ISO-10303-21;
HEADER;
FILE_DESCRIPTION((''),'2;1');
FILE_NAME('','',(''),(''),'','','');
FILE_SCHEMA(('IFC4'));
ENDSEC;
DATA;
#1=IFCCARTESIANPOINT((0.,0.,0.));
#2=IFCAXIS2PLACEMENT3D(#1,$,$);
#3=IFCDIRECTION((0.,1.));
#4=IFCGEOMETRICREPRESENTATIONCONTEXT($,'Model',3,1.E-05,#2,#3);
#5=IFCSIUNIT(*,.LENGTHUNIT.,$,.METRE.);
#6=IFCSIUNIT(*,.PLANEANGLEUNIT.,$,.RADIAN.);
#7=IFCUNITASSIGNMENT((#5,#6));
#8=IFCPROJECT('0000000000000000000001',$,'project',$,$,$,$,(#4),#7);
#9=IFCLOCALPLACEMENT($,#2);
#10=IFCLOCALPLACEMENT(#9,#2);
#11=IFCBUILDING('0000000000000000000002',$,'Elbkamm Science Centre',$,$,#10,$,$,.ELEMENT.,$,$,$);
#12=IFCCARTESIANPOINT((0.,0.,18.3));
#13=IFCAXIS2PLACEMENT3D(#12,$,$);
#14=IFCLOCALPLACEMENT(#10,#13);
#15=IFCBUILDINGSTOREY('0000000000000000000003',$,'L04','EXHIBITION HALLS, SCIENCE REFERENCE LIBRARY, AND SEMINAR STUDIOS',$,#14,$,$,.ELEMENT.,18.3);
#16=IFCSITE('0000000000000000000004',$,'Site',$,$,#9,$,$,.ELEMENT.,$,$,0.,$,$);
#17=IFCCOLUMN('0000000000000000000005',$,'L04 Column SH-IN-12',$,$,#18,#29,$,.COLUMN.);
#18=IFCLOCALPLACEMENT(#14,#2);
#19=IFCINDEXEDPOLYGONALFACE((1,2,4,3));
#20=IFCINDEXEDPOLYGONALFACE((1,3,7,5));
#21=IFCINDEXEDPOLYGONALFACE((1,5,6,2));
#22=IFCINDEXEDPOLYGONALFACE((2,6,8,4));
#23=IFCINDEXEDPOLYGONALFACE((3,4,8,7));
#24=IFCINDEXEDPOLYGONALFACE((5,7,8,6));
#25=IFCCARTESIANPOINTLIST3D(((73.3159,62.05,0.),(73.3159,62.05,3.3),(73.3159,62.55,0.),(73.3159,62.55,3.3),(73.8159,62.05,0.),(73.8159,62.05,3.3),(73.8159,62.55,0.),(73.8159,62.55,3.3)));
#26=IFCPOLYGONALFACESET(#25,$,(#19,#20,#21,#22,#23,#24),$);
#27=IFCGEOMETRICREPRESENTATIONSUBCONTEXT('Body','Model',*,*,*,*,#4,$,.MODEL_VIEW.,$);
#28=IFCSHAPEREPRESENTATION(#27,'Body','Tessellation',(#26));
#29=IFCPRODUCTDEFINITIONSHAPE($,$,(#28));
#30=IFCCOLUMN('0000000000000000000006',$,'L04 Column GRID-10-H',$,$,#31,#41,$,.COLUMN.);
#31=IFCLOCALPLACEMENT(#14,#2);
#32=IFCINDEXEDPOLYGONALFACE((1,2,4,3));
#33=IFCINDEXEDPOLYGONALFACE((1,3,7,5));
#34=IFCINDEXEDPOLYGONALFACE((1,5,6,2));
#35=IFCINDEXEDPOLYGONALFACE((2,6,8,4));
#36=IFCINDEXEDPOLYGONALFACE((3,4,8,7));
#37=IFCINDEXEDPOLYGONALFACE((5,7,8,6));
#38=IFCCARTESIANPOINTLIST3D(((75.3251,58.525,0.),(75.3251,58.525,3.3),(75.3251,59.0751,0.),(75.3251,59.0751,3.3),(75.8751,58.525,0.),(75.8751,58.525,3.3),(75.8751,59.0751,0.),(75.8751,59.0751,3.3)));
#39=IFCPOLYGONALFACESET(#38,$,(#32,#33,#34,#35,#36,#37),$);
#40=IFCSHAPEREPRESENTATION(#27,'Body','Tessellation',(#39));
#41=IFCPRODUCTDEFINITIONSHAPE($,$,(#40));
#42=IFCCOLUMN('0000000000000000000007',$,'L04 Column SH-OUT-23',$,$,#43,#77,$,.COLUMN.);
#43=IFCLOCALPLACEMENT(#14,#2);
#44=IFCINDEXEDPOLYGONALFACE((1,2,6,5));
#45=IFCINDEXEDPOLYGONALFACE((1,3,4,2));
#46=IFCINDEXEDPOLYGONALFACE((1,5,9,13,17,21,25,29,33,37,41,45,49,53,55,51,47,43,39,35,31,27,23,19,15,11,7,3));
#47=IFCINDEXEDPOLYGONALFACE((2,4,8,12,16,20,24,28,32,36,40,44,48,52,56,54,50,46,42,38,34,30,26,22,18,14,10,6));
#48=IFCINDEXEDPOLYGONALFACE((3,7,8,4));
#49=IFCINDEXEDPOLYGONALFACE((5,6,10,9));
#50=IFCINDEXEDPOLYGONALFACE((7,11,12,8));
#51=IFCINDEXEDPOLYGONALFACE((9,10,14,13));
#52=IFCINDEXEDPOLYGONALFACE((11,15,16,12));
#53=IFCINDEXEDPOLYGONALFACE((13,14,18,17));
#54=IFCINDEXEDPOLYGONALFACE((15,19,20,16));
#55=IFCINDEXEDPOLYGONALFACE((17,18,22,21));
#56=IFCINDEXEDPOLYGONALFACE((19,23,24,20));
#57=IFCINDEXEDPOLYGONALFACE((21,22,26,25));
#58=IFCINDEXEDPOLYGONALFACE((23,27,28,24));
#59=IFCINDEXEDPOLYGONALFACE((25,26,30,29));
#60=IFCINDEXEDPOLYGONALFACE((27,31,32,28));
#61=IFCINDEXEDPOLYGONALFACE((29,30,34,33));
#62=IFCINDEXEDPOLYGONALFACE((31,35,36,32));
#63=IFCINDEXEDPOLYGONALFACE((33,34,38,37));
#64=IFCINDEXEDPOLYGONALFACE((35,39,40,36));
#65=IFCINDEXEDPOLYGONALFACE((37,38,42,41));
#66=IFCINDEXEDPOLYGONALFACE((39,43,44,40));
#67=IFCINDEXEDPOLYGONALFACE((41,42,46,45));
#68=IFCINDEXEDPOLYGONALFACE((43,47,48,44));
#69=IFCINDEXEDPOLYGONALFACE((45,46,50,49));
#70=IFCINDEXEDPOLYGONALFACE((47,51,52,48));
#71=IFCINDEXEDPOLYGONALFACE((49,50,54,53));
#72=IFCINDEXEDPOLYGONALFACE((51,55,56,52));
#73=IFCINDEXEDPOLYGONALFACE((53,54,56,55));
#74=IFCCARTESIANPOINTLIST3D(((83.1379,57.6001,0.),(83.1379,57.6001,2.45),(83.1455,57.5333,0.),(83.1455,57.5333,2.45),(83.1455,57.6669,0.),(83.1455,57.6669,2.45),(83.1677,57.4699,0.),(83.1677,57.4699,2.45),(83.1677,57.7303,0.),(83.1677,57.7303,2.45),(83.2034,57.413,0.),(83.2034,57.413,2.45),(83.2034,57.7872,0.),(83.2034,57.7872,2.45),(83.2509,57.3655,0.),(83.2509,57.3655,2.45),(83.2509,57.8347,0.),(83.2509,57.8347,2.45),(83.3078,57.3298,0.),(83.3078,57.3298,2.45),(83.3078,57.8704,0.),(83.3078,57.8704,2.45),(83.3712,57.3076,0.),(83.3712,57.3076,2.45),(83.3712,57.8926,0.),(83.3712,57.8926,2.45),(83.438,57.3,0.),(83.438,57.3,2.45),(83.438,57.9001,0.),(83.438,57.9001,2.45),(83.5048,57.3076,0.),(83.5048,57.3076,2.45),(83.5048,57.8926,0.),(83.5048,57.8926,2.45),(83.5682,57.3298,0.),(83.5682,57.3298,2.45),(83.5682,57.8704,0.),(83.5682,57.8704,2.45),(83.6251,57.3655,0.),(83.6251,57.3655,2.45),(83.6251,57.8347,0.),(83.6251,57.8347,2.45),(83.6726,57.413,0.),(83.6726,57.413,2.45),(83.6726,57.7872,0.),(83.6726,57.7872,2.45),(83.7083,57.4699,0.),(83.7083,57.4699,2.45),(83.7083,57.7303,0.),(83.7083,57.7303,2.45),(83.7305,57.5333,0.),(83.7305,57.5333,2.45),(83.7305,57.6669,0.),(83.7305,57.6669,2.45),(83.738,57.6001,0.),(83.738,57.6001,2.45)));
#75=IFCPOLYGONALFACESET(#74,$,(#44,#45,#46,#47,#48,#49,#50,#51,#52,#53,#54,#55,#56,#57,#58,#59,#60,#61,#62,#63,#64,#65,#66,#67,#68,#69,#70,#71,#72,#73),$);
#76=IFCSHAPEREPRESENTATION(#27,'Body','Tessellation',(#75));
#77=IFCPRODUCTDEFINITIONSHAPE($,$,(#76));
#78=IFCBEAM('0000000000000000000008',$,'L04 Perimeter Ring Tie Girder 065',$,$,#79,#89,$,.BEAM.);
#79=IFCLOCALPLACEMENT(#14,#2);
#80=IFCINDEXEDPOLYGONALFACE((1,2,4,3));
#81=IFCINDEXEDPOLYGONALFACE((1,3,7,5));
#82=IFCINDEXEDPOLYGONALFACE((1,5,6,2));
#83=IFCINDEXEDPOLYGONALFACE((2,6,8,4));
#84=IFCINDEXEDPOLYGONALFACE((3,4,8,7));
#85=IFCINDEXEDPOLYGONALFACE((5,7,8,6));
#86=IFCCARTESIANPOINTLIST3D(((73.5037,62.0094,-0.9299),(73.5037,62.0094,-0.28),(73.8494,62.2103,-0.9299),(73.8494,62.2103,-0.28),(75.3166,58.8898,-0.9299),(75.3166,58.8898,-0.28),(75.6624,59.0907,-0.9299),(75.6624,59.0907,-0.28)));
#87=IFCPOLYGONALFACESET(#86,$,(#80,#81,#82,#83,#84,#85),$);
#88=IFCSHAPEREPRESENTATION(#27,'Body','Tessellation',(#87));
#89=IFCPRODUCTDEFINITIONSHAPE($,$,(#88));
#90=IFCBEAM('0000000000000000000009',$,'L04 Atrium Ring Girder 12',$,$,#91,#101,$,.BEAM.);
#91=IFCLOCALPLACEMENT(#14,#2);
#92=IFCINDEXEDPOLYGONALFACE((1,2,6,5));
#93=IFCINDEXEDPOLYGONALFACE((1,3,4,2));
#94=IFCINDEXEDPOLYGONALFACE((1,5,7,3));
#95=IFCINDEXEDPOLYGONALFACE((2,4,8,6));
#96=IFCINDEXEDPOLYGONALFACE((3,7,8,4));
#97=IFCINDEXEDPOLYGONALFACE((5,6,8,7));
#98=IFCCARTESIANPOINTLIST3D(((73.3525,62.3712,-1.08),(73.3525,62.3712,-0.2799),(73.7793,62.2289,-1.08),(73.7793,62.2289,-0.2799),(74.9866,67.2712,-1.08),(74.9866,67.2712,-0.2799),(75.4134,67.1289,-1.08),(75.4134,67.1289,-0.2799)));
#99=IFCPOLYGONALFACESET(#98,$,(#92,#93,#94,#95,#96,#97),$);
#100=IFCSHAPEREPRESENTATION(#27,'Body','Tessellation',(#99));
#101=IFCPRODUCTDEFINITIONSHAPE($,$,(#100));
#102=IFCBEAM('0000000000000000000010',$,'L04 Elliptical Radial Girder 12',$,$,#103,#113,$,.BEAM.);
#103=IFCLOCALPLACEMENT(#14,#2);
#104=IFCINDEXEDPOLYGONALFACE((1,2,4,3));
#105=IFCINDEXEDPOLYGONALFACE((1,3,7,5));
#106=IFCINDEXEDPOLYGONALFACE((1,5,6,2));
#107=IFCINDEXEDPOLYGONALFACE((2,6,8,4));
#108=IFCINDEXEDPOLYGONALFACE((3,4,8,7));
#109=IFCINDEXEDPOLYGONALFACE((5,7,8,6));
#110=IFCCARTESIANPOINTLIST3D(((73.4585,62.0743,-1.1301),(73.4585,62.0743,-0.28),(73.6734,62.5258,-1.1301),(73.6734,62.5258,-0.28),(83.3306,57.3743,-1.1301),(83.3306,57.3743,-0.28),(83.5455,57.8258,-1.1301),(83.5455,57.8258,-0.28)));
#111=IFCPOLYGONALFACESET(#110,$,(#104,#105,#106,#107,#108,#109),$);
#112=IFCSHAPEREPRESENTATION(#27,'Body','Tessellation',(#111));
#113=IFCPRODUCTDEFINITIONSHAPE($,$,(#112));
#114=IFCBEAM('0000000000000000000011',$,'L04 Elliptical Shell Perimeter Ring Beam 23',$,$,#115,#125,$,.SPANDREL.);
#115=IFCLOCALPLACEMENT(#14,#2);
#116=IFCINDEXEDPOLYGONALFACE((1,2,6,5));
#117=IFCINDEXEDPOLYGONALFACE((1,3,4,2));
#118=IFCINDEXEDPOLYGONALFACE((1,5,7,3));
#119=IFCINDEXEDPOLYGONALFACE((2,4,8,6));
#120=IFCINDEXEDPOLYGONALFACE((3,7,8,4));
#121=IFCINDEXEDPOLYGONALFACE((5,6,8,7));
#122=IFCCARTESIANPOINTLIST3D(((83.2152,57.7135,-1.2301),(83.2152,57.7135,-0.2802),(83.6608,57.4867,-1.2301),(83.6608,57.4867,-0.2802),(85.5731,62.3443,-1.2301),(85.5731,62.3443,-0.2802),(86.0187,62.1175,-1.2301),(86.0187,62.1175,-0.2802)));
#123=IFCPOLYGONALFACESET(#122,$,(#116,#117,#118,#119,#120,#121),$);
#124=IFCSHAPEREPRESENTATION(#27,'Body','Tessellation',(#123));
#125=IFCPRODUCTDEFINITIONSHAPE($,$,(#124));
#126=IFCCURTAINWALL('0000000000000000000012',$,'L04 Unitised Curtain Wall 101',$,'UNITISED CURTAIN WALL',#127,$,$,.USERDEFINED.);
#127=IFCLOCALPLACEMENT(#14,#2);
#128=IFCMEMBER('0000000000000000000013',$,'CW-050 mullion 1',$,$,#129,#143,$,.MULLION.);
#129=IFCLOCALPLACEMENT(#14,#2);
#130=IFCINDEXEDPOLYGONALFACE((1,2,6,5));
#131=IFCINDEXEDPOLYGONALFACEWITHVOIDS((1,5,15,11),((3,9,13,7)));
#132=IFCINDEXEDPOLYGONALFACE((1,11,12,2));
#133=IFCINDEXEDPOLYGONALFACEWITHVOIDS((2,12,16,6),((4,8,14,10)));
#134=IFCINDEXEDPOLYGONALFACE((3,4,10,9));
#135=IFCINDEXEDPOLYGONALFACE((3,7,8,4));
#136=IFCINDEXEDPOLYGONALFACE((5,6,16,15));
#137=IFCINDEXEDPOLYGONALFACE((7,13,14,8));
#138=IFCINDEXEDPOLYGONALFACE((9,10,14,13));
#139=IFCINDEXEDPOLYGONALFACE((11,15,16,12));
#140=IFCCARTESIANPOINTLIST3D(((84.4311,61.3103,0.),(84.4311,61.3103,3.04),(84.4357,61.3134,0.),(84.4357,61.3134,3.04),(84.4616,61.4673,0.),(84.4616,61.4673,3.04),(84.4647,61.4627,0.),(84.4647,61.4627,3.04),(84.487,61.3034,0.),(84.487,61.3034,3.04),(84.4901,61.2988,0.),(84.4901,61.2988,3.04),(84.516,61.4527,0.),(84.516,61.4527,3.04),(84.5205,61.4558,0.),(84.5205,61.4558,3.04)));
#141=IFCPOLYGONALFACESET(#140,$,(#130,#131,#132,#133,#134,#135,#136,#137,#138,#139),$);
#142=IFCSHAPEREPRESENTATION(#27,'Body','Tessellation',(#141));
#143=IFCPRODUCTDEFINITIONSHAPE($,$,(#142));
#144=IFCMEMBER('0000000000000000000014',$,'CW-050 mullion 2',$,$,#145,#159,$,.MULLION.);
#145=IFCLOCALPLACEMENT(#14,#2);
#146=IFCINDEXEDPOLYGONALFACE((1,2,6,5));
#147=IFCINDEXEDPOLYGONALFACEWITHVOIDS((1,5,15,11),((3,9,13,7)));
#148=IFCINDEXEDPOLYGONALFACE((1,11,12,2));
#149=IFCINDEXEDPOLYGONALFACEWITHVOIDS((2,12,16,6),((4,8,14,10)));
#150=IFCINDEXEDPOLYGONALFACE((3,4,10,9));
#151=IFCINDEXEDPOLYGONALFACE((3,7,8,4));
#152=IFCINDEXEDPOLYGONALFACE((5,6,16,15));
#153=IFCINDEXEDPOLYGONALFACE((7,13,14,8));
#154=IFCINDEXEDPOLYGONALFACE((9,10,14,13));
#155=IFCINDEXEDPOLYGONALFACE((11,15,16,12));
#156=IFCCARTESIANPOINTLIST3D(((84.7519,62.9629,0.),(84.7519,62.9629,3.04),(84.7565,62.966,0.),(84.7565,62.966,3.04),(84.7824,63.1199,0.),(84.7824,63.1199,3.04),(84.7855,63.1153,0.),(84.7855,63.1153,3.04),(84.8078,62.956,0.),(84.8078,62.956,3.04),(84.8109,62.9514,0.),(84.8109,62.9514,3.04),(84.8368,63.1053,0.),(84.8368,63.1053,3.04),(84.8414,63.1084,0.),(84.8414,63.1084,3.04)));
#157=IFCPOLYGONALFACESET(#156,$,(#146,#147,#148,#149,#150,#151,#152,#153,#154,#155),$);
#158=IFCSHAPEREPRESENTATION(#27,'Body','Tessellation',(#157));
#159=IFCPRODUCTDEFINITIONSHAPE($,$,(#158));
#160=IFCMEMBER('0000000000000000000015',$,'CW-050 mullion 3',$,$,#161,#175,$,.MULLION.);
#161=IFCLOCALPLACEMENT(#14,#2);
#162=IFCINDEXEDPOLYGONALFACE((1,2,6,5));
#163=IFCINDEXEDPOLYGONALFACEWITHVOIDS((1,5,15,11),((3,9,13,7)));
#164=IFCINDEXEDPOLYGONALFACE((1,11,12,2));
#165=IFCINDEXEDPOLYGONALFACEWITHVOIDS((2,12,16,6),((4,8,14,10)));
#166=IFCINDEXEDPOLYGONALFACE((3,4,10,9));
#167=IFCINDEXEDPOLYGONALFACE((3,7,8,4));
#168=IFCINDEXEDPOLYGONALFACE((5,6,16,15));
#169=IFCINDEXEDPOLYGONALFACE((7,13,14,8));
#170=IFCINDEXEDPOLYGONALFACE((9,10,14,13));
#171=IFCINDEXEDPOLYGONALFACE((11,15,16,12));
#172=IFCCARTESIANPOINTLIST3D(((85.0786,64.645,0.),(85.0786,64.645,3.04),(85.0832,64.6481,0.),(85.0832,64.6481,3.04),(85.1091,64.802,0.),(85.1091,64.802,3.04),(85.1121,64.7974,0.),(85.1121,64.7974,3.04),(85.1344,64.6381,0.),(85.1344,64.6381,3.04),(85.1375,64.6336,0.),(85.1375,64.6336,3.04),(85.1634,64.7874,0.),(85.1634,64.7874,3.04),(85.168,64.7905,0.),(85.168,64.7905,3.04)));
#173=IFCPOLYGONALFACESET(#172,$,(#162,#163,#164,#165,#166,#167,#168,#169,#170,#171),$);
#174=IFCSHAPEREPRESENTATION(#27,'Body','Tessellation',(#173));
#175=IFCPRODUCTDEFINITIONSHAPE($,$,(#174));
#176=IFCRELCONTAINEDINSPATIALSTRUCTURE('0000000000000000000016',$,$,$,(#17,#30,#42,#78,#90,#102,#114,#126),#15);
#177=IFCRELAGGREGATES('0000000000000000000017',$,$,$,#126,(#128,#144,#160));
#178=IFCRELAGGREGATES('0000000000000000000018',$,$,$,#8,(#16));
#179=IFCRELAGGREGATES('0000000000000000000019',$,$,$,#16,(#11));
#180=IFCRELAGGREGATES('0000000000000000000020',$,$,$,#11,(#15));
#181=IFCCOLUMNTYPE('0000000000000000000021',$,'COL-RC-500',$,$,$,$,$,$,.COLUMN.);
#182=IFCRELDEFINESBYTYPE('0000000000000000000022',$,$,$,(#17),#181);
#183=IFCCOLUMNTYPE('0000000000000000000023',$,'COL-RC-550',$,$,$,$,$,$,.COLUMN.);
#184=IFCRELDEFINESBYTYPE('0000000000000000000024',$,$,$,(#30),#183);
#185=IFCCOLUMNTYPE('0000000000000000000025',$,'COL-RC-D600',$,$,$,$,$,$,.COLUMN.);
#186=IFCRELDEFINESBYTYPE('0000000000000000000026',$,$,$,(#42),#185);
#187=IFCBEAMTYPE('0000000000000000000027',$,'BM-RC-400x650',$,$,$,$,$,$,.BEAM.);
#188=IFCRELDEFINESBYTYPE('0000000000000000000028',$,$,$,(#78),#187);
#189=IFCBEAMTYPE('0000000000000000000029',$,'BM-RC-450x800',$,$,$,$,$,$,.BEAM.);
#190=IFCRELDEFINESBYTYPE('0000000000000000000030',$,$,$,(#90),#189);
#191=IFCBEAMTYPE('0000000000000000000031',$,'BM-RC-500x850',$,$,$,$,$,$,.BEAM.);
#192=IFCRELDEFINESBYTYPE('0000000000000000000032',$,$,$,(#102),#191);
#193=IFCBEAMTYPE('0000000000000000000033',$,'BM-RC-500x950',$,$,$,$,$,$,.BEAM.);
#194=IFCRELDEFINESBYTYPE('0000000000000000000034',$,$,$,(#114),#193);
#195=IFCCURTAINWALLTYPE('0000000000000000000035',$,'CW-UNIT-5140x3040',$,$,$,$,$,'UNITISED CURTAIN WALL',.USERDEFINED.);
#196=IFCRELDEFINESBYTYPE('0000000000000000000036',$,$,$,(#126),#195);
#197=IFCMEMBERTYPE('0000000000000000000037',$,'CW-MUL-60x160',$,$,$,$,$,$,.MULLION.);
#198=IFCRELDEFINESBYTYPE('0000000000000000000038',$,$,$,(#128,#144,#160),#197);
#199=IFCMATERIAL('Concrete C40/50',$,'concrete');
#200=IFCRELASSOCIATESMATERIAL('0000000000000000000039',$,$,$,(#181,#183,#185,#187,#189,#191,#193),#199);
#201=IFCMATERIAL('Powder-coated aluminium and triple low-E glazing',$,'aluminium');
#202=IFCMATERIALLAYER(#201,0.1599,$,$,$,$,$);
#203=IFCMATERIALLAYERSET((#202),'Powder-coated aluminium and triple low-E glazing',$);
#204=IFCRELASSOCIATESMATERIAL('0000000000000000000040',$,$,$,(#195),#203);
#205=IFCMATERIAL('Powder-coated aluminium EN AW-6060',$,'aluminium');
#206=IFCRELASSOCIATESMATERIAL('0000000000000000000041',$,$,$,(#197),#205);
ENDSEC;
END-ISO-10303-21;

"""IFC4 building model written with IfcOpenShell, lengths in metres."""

from ifc_helpers import new_model, si_unit, direction, frame, origin, origin_2d, place, context, subcontext, project, spatial, rectangle, hollow_rectangle, circle, extrude, material, layer, layer_set, material_profile, profile_set, type_object, element, aggregate, save


model = new_model("IFC4")

# Units and contexts
model_context = context("Model", 3, precision=1e-05, world=origin(), true_north=direction((0.0, 1.0)))
body_context = subcontext(model_context, "Body", "Model", "MODEL_VIEW")
ifc_project = project(units=[si_unit("LENGTHUNIT", "METRE"), si_unit("PLANEANGLEUNIT", "RADIAN")], contexts=[model_context])

# Site, building, storey
site_placement = place(None, origin())
site = spatial("IfcSite", under=ifc_project, at=site_placement, Name="Site", CompositionType="ELEMENT", RefElevation=0.0)
building_placement = place(site_placement, origin())
building = spatial("IfcBuilding", under=site, at=building_placement, Name="Elbkamm Science Centre", CompositionType="ELEMENT")
storey_placement = place(building_placement, frame((0.0, 0.0, 18.3)))
storey = spatial("IfcBuildingStorey", under=building, at=storey_placement, Name="L04", Description="EXHIBITION HALLS, SCIENCE REFERENCE LIBRARY, AND SEMINAR STUDIOS", CompositionType="ELEMENT", Elevation=18.3)

# Columns
ifc_material_1 = material(Name="Concrete C40/50", Category="concrete")
ifc_material_profile_1 = material_profile(ifc_material_1, rectangle(XDim=0.5, YDim=0.5, at=origin_2d()), Name="RC 500x500")
ifc_profile_set_1 = profile_set([ifc_material_profile_1], Name="Concrete C40/50")
column_type_1 = type_object("IfcColumnType", Name="COL-RC-500", PredefinedType="COLUMN", material=ifc_profile_set_1)
column_1_placement = place(storey_placement, frame((73.5659, 62.3, 0.0), z_axis=(0.0, 0.0, 1.0), x_axis=(1.0, 0.0, 0.0)))
element("IfcColumn", 1, at=column_1_placement, inside=storey, type_object=column_type_1, Name="L04 Column SH-IN-12", PredefinedType="COLUMN", context=body_context, shape_type="SweptSolid", body=[
    extrude(rectangle(XDim=0.5, YDim=0.5, at=origin_2d()), origin(), (0.0, 0.0, 1.0), 3.3),
])
ifc_material_profile_2 = material_profile(ifc_material_1, rectangle(XDim=0.55, YDim=0.55, at=origin_2d()), Name="RC 550x550")
ifc_profile_set_2 = profile_set([ifc_material_profile_2], Name="Concrete C40/50")
column_type_2 = type_object("IfcColumnType", Name="COL-RC-550", PredefinedType="COLUMN", material=ifc_profile_set_2)
column_2_placement = place(storey_placement, frame((75.6001, 58.8, 0.0), z_axis=(0.0, 0.0, 1.0), x_axis=(1.0, 0.0, 0.0)))
element("IfcColumn", 2, at=column_2_placement, inside=storey, type_object=column_type_2, Name="L04 Column GRID-10-H", PredefinedType="COLUMN", context=body_context, shape_type="SweptSolid", body=[
    extrude(rectangle(XDim=0.55, YDim=0.55, at=origin_2d()), origin(), (0.0, 0.0, 1.0), 3.3),
])
ifc_material_profile_3 = material_profile(ifc_material_1, circle(Radius=0.3, at=origin_2d()), Name="RC D600")
ifc_profile_set_3 = profile_set([ifc_material_profile_3], Name="Concrete C40/50")
column_type_3 = type_object("IfcColumnType", Name="COL-RC-D600", PredefinedType="COLUMN", material=ifc_profile_set_3)
column_3_placement = place(storey_placement, frame((83.438, 57.6001, 0.0), z_axis=(0.0, 0.0, 1.0), x_axis=(1.0, 0.0, 0.0)))
element("IfcColumn", 3, at=column_3_placement, inside=storey, type_object=column_type_3, Name="L04 Column SH-OUT-23", PredefinedType="COLUMN", context=body_context, shape_type="SweptSolid", body=[
    extrude(circle(Radius=0.3, at=origin_2d()), origin(), (0.0, 0.0, 1.0), 2.45),
])

# Beams
ifc_material_profile_4 = material_profile(ifc_material_1, rectangle(XDim=0.3999, YDim=0.6499, at=origin_2d()), Name="RC 400x650")
ifc_profile_set_4 = profile_set([ifc_material_profile_4], Name="Concrete C40/50")
beam_type_1 = type_object("IfcBeamType", Name="BM-RC-400x650", PredefinedType="BEAM", material=ifc_profile_set_4)
beam_1_placement = place(storey_placement, frame((75.4895, 58.9902, -0.605), z_axis=(-0.502465, 0.864597, 0.0), x_axis=(-0.864597, -0.502465, 0.0)))
element("IfcBeam", 4, at=beam_1_placement, inside=storey, type_object=beam_type_1, Name="L04 Perimeter Ring Tie Girder 065", PredefinedType="BEAM", context=body_context, shape_type="SweptSolid", body=[
    extrude(rectangle(XDim=0.3999, YDim=0.6499, at=origin_2d()), origin(), (0.0, 0.0, 1.0), 3.6082),
])
ifc_material_profile_5 = material_profile(ifc_material_1, rectangle(XDim=0.45, YDim=0.8, at=origin_2d()), Name="RC 450x800")
ifc_profile_set_5 = profile_set([ifc_material_profile_5], Name="Concrete C40/50")
beam_type_2 = type_object("IfcBeamType", Name="BM-RC-450x800", PredefinedType="BEAM", material=ifc_profile_set_5)
beam_2_placement = place(storey_placement, frame((73.5659, 62.3, -0.6799), z_axis=(0.316355, 0.948641, 0.0), x_axis=(-0.948641, 0.316355, 0.0)))
element("IfcBeam", 5, at=beam_2_placement, inside=storey, type_object=beam_type_2, Name="L04 Atrium Ring Girder 12", PredefinedType="BEAM", context=body_context, shape_type="SweptSolid", body=[
    extrude(rectangle(XDim=0.45, YDim=0.8, at=origin_2d()), origin(), (0.0, 0.0, 1.0), 5.1653),
])
ifc_material_profile_6 = material_profile(ifc_material_1, rectangle(XDim=0.5, YDim=0.8501, at=origin_2d()), Name="RC 500x850")
ifc_profile_set_6 = profile_set([ifc_material_profile_6], Name="Concrete C40/50")
beam_type_3 = type_object("IfcBeamType", Name="BM-RC-500x850", PredefinedType="BEAM", material=ifc_profile_set_6)
beam_3_placement = place(storey_placement, frame((73.5659, 62.3, -0.7051), z_axis=(0.902897, -0.429856, 0.0), x_axis=(0.429856, 0.902897, 0.0)))
element("IfcBeam", 6, at=beam_3_placement, inside=storey, type_object=beam_type_3, Name="L04 Elliptical Radial Girder 12", PredefinedType="BEAM", context=body_context, shape_type="SweptSolid", body=[
    extrude(rectangle(XDim=0.5, YDim=0.8501, at=origin_2d()), origin(), (0.0, 0.0, 1.0), 10.9338),
])
ifc_material_profile_7 = material_profile(ifc_material_1, rectangle(XDim=0.5, YDim=0.95, at=origin_2d()), Name="RC 500x950")
ifc_profile_set_7 = profile_set([ifc_material_profile_7], Name="Concrete C40/50")
beam_type_4 = type_object("IfcBeamType", Name="BM-RC-500x950", PredefinedType="BEAM", material=ifc_profile_set_7)
beam_4_placement = place(storey_placement, frame((83.438, 57.6001, -0.7551), z_axis=(0.453741, 0.891133, 0.0), x_axis=(-0.891133, 0.453741, 0.0)))
element("IfcBeam", 7, at=beam_4_placement, inside=storey, type_object=beam_type_4, Name="L04 Elliptical Shell Perimeter Ring Beam 23", PredefinedType="SPANDREL", context=body_context, shape_type="SweptSolid", body=[
    extrude(rectangle(XDim=0.5, YDim=0.95, at=origin_2d()), origin(), (0.0, 0.0, 1.0), 5.1965),
])

# Curtain wall, members
ifc_material_2 = material(Name="Powder-coated aluminium and triple low-E glazing", Category="aluminium")
ifc_layer_1 = layer(ifc_material_2, 0.1599)
ifc_layer_set_1 = layer_set([ifc_layer_1], Name="Powder-coated aluminium and triple low-E glazing")
curtain_wall_type = type_object("IfcCurtainWallType", Name="CW-UNIT-5140x3040", ElementType="UNITISED CURTAIN WALL", PredefinedType="USERDEFINED", material=ifc_layer_set_1)
curtain_wall_placement = place(storey_placement, origin())
curtain_wall = element("IfcCurtainWall", 8, at=curtain_wall_placement, inside=storey, type_object=curtain_wall_type, Name="L04 Unitised Curtain Wall 101", ObjectType="UNITISED CURTAIN WALL", PredefinedType="USERDEFINED")
ifc_material_3 = material(Name="Powder-coated aluminium EN AW-6060", Category="aluminium")
ifc_material_profile_8 = material_profile(ifc_material_3, hollow_rectangle(XDim=0.0601, YDim=0.1599, WallThickness=0.0039, at=origin_2d()), Name="ALU M60x160")
ifc_profile_set_8 = profile_set([ifc_material_profile_8], Name="Powder-coated aluminium EN AW-6060")
member_type_1 = type_object("IfcMemberType", Name="CW-MUL-60x160", PredefinedType="MULLION", material=ifc_profile_set_8)
member_1_placement = place(storey_placement, frame((84.4758, 61.3831, 0.0), z_axis=(0.0, 0.0, 1.0), x_axis=(-0.981665, 0.190614, 0.0)))
member_1 = element("IfcMember", 9, at=member_1_placement, type_object=member_type_1, Name="CW-050 mullion 1", PredefinedType="MULLION", context=body_context, shape_type="SweptSolid", body=[
    extrude(hollow_rectangle(XDim=0.0601, YDim=0.1599, WallThickness=0.0039, at=origin_2d()), origin(), (0.0, 0.0, 1.0), 3.04),
])
member_2_placement = place(storey_placement, frame((84.7966, 63.0356, 0.0), z_axis=(0.0, 0.0, 1.0), x_axis=(-0.981665, 0.190614, 0.0)))
member_2 = element("IfcMember", 10, at=member_2_placement, type_object=member_type_1, Name="CW-050 mullion 2", PredefinedType="MULLION", context=body_context, shape_type="SweptSolid", body=[
    extrude(hollow_rectangle(XDim=0.0601, YDim=0.1599, WallThickness=0.0039, at=origin_2d()), origin(), (0.0, 0.0, 1.0), 3.04),
])
member_3_placement = place(storey_placement, frame((85.1233, 64.7178, 0.0), z_axis=(0.0, 0.0, 1.0), x_axis=(-0.981665, 0.190614, 0.0)))
member_3 = element("IfcMember", 11, at=member_3_placement, type_object=member_type_1, Name="CW-050 mullion 3", PredefinedType="MULLION", context=body_context, shape_type="SweptSolid", body=[
    extrude(hollow_rectangle(XDim=0.0601, YDim=0.1599, WallThickness=0.0039, at=origin_2d()), origin(), (0.0, 0.0, 1.0), 3.04),
])
aggregate(curtain_wall, [member_1, member_2, member_3])

save(model, "model.ifc")
